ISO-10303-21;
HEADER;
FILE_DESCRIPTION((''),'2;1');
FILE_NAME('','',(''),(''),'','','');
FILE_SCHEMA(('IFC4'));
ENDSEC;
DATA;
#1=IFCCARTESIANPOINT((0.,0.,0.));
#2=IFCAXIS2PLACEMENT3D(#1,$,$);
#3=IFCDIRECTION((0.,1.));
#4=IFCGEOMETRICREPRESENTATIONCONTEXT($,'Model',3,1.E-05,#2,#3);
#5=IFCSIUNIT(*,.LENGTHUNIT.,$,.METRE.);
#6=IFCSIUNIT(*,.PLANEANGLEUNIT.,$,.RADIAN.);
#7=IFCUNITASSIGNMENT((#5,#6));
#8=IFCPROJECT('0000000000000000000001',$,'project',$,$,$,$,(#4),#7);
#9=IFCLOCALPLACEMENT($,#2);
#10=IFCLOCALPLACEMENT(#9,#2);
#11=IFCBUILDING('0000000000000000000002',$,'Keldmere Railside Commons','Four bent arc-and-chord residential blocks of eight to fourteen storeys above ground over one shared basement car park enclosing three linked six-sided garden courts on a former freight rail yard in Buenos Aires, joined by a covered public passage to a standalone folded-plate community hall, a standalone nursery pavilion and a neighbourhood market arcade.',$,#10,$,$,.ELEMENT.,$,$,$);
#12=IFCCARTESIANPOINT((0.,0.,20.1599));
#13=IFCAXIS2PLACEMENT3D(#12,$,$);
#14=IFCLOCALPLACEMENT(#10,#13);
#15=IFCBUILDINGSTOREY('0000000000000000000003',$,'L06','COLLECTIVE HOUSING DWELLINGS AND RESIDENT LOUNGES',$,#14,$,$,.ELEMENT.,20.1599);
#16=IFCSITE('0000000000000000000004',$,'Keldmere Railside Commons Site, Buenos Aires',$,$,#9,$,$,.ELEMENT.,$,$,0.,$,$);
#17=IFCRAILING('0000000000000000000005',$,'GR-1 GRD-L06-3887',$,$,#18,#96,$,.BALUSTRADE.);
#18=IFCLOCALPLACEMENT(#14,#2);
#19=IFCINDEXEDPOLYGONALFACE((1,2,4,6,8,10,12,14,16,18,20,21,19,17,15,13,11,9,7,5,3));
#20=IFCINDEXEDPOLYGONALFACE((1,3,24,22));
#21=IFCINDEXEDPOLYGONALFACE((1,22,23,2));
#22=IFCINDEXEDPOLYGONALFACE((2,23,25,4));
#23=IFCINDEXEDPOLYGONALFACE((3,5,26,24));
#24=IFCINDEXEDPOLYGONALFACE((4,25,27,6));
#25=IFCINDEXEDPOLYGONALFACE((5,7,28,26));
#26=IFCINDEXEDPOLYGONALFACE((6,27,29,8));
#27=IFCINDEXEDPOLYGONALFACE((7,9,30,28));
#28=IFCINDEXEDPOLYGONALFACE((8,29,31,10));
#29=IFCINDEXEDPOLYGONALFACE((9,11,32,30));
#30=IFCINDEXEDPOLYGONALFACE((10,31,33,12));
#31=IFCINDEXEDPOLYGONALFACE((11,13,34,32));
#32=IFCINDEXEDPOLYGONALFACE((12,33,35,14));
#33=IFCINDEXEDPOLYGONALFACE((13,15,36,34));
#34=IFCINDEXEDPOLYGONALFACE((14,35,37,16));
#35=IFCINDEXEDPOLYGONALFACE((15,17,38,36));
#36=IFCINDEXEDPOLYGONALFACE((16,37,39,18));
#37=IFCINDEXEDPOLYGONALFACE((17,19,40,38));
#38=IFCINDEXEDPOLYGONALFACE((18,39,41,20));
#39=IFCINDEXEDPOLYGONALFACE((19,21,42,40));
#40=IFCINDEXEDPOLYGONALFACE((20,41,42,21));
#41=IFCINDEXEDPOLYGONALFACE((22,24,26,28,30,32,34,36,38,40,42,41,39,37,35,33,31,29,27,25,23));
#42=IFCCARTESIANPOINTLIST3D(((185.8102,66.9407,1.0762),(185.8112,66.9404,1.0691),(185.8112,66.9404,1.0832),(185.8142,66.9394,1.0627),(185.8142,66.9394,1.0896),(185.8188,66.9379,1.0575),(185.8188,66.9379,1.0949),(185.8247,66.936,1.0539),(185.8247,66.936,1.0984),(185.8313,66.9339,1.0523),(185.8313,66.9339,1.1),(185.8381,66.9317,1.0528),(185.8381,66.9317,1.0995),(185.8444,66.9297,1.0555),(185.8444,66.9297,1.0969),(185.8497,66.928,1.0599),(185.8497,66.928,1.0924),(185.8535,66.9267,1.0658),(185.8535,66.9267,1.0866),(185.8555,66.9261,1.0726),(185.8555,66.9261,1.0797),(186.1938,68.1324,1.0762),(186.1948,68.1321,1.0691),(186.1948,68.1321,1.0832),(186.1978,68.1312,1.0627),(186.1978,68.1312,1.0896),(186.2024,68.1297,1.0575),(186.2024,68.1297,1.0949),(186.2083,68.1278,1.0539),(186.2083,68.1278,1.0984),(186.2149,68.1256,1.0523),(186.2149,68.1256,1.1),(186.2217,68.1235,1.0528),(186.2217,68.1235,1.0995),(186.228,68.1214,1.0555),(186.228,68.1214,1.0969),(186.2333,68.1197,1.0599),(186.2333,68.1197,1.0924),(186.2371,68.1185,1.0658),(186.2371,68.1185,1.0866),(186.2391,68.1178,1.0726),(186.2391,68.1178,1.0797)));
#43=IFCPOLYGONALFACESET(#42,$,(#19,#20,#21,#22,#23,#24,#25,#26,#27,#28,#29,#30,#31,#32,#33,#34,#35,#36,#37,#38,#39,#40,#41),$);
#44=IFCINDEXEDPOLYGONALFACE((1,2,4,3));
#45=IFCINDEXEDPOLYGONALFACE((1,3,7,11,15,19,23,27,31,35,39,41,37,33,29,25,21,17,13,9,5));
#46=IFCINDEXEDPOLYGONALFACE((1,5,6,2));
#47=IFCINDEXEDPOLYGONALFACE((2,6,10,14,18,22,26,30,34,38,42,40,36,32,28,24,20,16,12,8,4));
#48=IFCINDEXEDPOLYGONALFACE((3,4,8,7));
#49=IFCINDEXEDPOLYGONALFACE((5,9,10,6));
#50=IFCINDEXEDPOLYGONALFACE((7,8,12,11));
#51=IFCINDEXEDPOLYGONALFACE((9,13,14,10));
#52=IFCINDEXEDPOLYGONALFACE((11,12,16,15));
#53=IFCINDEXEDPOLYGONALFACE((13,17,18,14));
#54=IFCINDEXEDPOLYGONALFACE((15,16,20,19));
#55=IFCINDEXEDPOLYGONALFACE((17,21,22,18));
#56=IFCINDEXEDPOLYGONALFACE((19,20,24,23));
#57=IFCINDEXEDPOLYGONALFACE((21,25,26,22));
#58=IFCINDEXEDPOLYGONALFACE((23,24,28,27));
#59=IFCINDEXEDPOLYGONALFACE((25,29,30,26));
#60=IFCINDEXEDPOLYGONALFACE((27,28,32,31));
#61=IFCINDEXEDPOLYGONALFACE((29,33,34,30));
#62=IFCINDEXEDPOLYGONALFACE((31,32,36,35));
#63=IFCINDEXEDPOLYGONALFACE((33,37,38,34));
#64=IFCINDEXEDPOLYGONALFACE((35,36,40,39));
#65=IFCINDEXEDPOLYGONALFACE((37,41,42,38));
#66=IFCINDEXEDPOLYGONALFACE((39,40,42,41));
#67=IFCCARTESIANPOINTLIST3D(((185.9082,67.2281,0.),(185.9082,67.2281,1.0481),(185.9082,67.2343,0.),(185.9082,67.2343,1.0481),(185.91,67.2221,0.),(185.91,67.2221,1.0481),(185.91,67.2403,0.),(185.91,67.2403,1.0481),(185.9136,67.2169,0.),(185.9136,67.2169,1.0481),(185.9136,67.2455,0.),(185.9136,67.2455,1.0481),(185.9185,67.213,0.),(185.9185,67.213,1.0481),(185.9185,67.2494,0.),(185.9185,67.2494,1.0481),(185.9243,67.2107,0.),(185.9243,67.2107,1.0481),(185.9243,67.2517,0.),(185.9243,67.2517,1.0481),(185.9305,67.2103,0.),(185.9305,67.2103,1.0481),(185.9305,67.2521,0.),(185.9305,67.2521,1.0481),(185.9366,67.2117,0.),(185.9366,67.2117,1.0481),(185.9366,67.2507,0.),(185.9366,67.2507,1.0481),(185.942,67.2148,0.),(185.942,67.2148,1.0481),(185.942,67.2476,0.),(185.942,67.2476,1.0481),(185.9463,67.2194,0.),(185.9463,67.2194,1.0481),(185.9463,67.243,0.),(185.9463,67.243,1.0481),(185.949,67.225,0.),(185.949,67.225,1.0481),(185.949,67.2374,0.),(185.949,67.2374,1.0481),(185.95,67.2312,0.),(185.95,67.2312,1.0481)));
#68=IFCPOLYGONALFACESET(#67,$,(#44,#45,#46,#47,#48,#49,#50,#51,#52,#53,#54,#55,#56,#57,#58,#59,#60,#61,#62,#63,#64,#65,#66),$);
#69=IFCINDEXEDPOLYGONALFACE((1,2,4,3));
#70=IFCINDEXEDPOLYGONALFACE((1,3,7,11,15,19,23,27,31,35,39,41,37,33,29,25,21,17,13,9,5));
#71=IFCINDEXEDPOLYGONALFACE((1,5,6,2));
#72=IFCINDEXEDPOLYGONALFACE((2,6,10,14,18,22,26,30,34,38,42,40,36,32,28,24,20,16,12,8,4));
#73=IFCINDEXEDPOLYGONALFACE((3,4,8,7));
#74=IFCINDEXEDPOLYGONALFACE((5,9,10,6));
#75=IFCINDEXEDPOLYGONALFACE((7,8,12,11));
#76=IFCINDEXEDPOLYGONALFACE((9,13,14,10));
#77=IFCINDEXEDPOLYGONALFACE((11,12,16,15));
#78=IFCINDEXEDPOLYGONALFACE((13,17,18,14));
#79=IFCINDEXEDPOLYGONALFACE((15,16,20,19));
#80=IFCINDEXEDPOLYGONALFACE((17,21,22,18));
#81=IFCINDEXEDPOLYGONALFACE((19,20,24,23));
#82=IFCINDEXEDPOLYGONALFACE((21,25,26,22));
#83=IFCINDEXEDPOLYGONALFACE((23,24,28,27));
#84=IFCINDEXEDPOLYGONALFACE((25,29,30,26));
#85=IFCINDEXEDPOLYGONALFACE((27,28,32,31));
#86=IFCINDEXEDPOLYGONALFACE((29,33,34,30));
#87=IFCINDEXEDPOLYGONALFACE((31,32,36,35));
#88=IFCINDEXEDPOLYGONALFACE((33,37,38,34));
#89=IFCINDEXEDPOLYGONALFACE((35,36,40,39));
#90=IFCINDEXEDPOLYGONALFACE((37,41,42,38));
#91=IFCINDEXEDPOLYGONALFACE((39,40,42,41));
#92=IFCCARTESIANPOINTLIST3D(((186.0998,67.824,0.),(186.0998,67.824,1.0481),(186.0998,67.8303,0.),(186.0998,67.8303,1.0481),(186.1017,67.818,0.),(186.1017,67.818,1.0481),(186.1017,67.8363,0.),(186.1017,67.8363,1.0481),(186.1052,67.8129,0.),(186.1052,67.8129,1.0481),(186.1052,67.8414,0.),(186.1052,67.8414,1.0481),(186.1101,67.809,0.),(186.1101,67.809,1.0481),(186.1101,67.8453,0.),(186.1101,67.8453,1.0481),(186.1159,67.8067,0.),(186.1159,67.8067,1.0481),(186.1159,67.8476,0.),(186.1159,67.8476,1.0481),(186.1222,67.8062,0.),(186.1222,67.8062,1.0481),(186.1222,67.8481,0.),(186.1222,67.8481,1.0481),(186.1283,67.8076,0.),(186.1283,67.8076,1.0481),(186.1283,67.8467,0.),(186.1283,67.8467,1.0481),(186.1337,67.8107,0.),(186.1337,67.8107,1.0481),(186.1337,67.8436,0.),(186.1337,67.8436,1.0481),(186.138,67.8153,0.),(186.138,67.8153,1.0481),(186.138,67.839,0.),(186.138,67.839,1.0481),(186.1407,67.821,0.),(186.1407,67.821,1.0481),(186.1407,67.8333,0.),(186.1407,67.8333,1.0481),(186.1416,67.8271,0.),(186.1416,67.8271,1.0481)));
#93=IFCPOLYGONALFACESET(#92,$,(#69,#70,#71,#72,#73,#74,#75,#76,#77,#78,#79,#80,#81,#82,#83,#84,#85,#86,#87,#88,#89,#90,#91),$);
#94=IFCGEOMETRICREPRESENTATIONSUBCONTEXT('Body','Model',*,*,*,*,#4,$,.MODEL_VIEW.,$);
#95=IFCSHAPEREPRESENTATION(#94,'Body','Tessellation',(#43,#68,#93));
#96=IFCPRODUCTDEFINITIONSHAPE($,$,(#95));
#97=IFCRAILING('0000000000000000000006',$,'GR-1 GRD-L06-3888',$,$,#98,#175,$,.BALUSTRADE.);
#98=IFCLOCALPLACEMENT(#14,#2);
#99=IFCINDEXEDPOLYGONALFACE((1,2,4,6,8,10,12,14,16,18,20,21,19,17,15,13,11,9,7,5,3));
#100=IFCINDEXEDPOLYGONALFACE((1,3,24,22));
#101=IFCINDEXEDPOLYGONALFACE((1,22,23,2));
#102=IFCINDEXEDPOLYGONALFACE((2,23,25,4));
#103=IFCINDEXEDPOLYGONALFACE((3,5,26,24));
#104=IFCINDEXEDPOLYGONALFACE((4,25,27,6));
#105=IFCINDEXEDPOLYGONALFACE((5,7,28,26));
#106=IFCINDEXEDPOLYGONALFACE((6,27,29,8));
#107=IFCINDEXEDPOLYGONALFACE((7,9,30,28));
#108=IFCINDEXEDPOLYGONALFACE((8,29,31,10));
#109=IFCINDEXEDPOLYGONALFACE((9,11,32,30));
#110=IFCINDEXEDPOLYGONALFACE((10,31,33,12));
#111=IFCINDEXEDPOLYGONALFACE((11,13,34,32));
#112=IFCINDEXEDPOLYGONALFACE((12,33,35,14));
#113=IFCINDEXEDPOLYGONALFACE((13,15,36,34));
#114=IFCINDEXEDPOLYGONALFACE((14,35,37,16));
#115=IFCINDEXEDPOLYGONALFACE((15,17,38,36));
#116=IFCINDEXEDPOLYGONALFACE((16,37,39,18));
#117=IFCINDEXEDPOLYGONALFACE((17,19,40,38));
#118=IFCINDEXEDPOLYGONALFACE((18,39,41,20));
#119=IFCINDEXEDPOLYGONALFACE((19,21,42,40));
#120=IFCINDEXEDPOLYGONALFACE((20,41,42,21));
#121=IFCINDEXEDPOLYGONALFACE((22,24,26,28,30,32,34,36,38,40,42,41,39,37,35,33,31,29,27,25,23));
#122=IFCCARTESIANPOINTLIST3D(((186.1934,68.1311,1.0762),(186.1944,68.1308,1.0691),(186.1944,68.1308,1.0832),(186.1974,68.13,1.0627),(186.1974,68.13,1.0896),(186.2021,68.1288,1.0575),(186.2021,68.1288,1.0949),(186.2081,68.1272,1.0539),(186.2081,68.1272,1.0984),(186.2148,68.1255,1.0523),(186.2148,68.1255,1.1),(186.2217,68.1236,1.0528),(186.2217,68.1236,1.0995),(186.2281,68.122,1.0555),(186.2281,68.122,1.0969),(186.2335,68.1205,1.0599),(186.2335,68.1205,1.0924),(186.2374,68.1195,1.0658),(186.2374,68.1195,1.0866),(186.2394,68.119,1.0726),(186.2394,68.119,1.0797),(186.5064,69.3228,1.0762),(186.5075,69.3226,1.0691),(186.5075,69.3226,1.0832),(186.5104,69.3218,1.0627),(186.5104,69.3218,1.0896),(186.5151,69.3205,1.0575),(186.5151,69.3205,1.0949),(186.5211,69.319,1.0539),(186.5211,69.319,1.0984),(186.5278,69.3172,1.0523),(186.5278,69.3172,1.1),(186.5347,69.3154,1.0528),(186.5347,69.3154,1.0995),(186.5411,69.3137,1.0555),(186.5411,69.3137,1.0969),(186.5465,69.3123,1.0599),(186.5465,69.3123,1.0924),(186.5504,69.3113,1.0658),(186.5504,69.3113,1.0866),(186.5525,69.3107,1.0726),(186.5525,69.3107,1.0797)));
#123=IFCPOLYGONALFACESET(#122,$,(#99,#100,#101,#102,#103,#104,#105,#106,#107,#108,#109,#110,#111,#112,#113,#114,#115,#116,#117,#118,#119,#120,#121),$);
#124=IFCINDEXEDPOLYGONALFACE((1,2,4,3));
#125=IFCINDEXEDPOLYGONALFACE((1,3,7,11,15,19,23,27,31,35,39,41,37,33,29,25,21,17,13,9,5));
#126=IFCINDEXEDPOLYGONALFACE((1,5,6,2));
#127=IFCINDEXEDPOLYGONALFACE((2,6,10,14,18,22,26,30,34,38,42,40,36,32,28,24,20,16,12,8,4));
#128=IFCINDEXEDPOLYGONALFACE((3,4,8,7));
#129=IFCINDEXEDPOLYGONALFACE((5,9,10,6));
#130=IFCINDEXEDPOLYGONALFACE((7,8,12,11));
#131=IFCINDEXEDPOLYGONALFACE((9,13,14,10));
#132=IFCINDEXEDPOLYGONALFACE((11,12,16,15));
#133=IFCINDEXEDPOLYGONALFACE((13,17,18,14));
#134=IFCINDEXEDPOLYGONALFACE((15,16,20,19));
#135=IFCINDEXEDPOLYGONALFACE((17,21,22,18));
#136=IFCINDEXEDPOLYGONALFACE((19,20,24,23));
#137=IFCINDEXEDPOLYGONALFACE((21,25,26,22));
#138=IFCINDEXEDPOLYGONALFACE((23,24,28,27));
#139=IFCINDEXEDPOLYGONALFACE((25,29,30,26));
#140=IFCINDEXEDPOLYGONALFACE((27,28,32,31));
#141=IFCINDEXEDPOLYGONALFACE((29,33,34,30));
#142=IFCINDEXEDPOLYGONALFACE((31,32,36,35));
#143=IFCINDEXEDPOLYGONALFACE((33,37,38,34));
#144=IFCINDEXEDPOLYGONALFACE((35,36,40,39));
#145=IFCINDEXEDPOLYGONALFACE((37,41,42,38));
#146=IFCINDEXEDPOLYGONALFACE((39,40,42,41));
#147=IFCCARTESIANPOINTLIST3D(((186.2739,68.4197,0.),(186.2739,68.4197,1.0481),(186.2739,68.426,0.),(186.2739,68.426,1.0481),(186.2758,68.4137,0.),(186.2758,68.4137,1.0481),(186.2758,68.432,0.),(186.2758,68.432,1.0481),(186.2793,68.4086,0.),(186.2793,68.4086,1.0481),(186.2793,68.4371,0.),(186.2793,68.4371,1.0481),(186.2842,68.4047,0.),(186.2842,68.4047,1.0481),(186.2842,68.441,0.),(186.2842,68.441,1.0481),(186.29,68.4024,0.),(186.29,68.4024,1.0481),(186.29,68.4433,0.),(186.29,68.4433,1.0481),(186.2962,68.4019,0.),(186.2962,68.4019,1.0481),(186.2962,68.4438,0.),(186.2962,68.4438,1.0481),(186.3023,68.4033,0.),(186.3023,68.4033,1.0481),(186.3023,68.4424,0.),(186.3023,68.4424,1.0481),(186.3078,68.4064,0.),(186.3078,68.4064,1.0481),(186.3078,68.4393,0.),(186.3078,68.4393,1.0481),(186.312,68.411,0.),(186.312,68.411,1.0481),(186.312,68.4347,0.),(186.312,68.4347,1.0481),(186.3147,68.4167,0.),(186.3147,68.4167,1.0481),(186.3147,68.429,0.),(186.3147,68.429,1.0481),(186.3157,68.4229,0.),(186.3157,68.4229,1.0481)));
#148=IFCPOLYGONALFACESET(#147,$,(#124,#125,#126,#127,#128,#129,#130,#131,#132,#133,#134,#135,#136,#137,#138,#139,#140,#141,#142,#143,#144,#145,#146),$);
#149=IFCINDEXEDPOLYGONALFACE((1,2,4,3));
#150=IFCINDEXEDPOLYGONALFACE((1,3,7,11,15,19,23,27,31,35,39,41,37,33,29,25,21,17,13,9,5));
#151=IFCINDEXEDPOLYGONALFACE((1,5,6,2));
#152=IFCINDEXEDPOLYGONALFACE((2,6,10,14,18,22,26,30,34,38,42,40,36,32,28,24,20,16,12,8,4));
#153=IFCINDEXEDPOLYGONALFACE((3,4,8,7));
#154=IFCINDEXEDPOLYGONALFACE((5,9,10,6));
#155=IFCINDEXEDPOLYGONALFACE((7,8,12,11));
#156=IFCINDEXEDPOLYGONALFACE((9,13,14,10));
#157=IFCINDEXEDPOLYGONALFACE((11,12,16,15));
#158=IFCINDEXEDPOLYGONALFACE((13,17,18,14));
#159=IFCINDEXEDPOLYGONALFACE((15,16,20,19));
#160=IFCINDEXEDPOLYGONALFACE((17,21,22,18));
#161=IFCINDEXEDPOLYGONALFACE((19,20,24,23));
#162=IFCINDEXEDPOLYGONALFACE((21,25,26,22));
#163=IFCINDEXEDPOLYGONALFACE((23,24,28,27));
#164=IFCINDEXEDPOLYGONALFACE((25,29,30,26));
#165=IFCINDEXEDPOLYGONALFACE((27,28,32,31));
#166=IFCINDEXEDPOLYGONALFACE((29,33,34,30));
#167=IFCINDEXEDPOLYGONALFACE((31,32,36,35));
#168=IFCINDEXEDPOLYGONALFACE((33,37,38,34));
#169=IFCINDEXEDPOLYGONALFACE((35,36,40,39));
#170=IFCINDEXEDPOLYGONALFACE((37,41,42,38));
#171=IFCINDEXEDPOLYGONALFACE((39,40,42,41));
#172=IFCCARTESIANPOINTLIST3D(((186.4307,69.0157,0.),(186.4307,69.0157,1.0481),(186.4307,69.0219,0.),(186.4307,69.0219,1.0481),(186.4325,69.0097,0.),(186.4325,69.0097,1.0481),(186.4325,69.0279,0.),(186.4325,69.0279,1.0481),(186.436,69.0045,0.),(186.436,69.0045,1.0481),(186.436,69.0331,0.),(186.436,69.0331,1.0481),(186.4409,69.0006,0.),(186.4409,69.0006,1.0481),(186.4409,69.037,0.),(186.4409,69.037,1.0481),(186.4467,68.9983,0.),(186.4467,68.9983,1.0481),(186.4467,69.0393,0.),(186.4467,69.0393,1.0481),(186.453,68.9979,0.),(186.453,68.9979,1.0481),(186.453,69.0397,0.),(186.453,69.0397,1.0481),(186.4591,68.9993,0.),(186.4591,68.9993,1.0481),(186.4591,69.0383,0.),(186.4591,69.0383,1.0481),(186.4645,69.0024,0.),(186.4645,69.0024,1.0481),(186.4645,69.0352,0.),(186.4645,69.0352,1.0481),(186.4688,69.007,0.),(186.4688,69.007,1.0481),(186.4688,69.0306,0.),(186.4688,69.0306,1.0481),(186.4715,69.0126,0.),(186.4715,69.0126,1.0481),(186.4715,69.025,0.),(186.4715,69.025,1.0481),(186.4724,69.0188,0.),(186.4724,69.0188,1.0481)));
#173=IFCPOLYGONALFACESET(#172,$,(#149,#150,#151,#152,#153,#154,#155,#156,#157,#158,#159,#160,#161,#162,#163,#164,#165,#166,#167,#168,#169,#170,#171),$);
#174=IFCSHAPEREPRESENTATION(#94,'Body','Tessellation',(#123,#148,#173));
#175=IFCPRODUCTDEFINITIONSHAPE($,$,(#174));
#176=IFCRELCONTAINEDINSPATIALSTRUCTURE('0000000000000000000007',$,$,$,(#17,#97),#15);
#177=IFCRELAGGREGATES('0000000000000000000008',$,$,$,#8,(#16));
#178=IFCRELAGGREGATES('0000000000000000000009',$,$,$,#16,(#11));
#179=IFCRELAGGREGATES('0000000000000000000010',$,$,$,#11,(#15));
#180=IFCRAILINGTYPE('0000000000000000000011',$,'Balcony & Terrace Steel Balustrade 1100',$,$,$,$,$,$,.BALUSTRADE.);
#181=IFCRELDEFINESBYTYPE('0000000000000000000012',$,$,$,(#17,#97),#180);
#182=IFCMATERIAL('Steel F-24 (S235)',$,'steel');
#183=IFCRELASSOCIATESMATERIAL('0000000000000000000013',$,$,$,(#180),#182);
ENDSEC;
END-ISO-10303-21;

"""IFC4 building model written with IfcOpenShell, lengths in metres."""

from ifc_helpers import new_model, si_unit, direction, frame, origin, origin_2d, place, context, subcontext, project, spatial, circle, extrude, material, type_object, element, save


model = new_model("IFC4")

# Units and contexts
model_context = context("Model", 3, precision=1e-05, world=origin(), true_north=direction((0.0, 1.0)))
body_context = subcontext(model_context, "Body", "Model", "MODEL_VIEW")
ifc_project = project(units=[si_unit("LENGTHUNIT", "METRE"), si_unit("PLANEANGLEUNIT", "RADIAN")], contexts=[model_context])

# Site, building, storey
site_placement = place(None, origin())
site = spatial("IfcSite", under=ifc_project, at=site_placement, Name="Keldmere Railside Commons Site, Buenos Aires", CompositionType="ELEMENT", RefElevation=0.0)
building_placement = place(site_placement, origin())
building = spatial("IfcBuilding", under=site, at=building_placement, Name="Keldmere Railside Commons", Description="Four bent arc-and-chord residential blocks of eight to fourteen storeys above ground over one shared basement car park enclosing three linked six-sided garden courts on a former freight rail yard in Buenos Aires, joined by a covered public passage to a standalone folded-plate community hall, a standalone nursery pavilion and a neighbourhood market arcade.", CompositionType="ELEMENT")
storey_placement = place(building_placement, frame((0.0, 0.0, 20.1599)))
storey = spatial("IfcBuildingStorey", under=building, at=storey_placement, Name="L06", Description="COLLECTIVE HOUSING DWELLINGS AND RESIDENT LOUNGES", CompositionType="ELEMENT", Elevation=20.1599)

# Shared definitions
ifc_material_1 = material(Name="Steel F-24 (S235)", Category="steel")

# Railings
railing_type_1 = type_object("IfcRailingType", Name="Balcony & Terrace Steel Balustrade 1100", PredefinedType="BALUSTRADE", material=ifc_material_1)
railing_1_placement = place(storey_placement, frame((185.833, 66.9333, 0.0)))
element("IfcRailing", 1, at=railing_1_placement, inside=storey, type_object=railing_type_1, Name="GR-1 GRD-L06-3887", PredefinedType="BALUSTRADE", context=body_context, shape_type="SweptSolid", body=[
    extrude(circle(Radius=0.0239, at=origin_2d()), frame((0.0, 0.0, 1.0762), z_axis=(0.306382, 0.951909, 0.0), x_axis=(-0.951909, 0.306382, 0.0)), (0.0, 0.0, 1.0), 1.252),
    extrude(circle(Radius=0.021, at=origin_2d()), frame((0.0959, 0.2979, 0.0)), (0.0, 0.0, 1.0), 1.0481),
    extrude(circle(Radius=0.021, at=origin_2d()), frame((0.2876, 0.8938, 0.0)), (0.0, 0.0, 1.0), 1.0481),
])
railing_2_placement = place(storey_placement, frame((186.2166, 68.125, 0.0)))
element("IfcRailing", 2, at=railing_2_placement, inside=storey, type_object=railing_type_1, Name="GR-1 GRD-L06-3888", PredefinedType="BALUSTRADE", context=body_context, shape_type="SweptSolid", body=[
    extrude(circle(Radius=0.0239, at=origin_2d()), frame((0.0, 0.0, 1.0762), z_axis=(0.254035, 0.967195, 0.0), x_axis=(-0.967195, 0.254035, 0.0)), (0.0, 0.0, 1.0), 1.2322),
    extrude(circle(Radius=0.021, at=origin_2d()), frame((0.0781, 0.2979, 0.0)), (0.0, 0.0, 1.0), 1.0481),
    extrude(circle(Radius=0.021, at=origin_2d()), frame((0.2349, 0.8938, 0.0)), (0.0, 0.0, 1.0), 1.0481),
])

save(model, "model.ifc")
